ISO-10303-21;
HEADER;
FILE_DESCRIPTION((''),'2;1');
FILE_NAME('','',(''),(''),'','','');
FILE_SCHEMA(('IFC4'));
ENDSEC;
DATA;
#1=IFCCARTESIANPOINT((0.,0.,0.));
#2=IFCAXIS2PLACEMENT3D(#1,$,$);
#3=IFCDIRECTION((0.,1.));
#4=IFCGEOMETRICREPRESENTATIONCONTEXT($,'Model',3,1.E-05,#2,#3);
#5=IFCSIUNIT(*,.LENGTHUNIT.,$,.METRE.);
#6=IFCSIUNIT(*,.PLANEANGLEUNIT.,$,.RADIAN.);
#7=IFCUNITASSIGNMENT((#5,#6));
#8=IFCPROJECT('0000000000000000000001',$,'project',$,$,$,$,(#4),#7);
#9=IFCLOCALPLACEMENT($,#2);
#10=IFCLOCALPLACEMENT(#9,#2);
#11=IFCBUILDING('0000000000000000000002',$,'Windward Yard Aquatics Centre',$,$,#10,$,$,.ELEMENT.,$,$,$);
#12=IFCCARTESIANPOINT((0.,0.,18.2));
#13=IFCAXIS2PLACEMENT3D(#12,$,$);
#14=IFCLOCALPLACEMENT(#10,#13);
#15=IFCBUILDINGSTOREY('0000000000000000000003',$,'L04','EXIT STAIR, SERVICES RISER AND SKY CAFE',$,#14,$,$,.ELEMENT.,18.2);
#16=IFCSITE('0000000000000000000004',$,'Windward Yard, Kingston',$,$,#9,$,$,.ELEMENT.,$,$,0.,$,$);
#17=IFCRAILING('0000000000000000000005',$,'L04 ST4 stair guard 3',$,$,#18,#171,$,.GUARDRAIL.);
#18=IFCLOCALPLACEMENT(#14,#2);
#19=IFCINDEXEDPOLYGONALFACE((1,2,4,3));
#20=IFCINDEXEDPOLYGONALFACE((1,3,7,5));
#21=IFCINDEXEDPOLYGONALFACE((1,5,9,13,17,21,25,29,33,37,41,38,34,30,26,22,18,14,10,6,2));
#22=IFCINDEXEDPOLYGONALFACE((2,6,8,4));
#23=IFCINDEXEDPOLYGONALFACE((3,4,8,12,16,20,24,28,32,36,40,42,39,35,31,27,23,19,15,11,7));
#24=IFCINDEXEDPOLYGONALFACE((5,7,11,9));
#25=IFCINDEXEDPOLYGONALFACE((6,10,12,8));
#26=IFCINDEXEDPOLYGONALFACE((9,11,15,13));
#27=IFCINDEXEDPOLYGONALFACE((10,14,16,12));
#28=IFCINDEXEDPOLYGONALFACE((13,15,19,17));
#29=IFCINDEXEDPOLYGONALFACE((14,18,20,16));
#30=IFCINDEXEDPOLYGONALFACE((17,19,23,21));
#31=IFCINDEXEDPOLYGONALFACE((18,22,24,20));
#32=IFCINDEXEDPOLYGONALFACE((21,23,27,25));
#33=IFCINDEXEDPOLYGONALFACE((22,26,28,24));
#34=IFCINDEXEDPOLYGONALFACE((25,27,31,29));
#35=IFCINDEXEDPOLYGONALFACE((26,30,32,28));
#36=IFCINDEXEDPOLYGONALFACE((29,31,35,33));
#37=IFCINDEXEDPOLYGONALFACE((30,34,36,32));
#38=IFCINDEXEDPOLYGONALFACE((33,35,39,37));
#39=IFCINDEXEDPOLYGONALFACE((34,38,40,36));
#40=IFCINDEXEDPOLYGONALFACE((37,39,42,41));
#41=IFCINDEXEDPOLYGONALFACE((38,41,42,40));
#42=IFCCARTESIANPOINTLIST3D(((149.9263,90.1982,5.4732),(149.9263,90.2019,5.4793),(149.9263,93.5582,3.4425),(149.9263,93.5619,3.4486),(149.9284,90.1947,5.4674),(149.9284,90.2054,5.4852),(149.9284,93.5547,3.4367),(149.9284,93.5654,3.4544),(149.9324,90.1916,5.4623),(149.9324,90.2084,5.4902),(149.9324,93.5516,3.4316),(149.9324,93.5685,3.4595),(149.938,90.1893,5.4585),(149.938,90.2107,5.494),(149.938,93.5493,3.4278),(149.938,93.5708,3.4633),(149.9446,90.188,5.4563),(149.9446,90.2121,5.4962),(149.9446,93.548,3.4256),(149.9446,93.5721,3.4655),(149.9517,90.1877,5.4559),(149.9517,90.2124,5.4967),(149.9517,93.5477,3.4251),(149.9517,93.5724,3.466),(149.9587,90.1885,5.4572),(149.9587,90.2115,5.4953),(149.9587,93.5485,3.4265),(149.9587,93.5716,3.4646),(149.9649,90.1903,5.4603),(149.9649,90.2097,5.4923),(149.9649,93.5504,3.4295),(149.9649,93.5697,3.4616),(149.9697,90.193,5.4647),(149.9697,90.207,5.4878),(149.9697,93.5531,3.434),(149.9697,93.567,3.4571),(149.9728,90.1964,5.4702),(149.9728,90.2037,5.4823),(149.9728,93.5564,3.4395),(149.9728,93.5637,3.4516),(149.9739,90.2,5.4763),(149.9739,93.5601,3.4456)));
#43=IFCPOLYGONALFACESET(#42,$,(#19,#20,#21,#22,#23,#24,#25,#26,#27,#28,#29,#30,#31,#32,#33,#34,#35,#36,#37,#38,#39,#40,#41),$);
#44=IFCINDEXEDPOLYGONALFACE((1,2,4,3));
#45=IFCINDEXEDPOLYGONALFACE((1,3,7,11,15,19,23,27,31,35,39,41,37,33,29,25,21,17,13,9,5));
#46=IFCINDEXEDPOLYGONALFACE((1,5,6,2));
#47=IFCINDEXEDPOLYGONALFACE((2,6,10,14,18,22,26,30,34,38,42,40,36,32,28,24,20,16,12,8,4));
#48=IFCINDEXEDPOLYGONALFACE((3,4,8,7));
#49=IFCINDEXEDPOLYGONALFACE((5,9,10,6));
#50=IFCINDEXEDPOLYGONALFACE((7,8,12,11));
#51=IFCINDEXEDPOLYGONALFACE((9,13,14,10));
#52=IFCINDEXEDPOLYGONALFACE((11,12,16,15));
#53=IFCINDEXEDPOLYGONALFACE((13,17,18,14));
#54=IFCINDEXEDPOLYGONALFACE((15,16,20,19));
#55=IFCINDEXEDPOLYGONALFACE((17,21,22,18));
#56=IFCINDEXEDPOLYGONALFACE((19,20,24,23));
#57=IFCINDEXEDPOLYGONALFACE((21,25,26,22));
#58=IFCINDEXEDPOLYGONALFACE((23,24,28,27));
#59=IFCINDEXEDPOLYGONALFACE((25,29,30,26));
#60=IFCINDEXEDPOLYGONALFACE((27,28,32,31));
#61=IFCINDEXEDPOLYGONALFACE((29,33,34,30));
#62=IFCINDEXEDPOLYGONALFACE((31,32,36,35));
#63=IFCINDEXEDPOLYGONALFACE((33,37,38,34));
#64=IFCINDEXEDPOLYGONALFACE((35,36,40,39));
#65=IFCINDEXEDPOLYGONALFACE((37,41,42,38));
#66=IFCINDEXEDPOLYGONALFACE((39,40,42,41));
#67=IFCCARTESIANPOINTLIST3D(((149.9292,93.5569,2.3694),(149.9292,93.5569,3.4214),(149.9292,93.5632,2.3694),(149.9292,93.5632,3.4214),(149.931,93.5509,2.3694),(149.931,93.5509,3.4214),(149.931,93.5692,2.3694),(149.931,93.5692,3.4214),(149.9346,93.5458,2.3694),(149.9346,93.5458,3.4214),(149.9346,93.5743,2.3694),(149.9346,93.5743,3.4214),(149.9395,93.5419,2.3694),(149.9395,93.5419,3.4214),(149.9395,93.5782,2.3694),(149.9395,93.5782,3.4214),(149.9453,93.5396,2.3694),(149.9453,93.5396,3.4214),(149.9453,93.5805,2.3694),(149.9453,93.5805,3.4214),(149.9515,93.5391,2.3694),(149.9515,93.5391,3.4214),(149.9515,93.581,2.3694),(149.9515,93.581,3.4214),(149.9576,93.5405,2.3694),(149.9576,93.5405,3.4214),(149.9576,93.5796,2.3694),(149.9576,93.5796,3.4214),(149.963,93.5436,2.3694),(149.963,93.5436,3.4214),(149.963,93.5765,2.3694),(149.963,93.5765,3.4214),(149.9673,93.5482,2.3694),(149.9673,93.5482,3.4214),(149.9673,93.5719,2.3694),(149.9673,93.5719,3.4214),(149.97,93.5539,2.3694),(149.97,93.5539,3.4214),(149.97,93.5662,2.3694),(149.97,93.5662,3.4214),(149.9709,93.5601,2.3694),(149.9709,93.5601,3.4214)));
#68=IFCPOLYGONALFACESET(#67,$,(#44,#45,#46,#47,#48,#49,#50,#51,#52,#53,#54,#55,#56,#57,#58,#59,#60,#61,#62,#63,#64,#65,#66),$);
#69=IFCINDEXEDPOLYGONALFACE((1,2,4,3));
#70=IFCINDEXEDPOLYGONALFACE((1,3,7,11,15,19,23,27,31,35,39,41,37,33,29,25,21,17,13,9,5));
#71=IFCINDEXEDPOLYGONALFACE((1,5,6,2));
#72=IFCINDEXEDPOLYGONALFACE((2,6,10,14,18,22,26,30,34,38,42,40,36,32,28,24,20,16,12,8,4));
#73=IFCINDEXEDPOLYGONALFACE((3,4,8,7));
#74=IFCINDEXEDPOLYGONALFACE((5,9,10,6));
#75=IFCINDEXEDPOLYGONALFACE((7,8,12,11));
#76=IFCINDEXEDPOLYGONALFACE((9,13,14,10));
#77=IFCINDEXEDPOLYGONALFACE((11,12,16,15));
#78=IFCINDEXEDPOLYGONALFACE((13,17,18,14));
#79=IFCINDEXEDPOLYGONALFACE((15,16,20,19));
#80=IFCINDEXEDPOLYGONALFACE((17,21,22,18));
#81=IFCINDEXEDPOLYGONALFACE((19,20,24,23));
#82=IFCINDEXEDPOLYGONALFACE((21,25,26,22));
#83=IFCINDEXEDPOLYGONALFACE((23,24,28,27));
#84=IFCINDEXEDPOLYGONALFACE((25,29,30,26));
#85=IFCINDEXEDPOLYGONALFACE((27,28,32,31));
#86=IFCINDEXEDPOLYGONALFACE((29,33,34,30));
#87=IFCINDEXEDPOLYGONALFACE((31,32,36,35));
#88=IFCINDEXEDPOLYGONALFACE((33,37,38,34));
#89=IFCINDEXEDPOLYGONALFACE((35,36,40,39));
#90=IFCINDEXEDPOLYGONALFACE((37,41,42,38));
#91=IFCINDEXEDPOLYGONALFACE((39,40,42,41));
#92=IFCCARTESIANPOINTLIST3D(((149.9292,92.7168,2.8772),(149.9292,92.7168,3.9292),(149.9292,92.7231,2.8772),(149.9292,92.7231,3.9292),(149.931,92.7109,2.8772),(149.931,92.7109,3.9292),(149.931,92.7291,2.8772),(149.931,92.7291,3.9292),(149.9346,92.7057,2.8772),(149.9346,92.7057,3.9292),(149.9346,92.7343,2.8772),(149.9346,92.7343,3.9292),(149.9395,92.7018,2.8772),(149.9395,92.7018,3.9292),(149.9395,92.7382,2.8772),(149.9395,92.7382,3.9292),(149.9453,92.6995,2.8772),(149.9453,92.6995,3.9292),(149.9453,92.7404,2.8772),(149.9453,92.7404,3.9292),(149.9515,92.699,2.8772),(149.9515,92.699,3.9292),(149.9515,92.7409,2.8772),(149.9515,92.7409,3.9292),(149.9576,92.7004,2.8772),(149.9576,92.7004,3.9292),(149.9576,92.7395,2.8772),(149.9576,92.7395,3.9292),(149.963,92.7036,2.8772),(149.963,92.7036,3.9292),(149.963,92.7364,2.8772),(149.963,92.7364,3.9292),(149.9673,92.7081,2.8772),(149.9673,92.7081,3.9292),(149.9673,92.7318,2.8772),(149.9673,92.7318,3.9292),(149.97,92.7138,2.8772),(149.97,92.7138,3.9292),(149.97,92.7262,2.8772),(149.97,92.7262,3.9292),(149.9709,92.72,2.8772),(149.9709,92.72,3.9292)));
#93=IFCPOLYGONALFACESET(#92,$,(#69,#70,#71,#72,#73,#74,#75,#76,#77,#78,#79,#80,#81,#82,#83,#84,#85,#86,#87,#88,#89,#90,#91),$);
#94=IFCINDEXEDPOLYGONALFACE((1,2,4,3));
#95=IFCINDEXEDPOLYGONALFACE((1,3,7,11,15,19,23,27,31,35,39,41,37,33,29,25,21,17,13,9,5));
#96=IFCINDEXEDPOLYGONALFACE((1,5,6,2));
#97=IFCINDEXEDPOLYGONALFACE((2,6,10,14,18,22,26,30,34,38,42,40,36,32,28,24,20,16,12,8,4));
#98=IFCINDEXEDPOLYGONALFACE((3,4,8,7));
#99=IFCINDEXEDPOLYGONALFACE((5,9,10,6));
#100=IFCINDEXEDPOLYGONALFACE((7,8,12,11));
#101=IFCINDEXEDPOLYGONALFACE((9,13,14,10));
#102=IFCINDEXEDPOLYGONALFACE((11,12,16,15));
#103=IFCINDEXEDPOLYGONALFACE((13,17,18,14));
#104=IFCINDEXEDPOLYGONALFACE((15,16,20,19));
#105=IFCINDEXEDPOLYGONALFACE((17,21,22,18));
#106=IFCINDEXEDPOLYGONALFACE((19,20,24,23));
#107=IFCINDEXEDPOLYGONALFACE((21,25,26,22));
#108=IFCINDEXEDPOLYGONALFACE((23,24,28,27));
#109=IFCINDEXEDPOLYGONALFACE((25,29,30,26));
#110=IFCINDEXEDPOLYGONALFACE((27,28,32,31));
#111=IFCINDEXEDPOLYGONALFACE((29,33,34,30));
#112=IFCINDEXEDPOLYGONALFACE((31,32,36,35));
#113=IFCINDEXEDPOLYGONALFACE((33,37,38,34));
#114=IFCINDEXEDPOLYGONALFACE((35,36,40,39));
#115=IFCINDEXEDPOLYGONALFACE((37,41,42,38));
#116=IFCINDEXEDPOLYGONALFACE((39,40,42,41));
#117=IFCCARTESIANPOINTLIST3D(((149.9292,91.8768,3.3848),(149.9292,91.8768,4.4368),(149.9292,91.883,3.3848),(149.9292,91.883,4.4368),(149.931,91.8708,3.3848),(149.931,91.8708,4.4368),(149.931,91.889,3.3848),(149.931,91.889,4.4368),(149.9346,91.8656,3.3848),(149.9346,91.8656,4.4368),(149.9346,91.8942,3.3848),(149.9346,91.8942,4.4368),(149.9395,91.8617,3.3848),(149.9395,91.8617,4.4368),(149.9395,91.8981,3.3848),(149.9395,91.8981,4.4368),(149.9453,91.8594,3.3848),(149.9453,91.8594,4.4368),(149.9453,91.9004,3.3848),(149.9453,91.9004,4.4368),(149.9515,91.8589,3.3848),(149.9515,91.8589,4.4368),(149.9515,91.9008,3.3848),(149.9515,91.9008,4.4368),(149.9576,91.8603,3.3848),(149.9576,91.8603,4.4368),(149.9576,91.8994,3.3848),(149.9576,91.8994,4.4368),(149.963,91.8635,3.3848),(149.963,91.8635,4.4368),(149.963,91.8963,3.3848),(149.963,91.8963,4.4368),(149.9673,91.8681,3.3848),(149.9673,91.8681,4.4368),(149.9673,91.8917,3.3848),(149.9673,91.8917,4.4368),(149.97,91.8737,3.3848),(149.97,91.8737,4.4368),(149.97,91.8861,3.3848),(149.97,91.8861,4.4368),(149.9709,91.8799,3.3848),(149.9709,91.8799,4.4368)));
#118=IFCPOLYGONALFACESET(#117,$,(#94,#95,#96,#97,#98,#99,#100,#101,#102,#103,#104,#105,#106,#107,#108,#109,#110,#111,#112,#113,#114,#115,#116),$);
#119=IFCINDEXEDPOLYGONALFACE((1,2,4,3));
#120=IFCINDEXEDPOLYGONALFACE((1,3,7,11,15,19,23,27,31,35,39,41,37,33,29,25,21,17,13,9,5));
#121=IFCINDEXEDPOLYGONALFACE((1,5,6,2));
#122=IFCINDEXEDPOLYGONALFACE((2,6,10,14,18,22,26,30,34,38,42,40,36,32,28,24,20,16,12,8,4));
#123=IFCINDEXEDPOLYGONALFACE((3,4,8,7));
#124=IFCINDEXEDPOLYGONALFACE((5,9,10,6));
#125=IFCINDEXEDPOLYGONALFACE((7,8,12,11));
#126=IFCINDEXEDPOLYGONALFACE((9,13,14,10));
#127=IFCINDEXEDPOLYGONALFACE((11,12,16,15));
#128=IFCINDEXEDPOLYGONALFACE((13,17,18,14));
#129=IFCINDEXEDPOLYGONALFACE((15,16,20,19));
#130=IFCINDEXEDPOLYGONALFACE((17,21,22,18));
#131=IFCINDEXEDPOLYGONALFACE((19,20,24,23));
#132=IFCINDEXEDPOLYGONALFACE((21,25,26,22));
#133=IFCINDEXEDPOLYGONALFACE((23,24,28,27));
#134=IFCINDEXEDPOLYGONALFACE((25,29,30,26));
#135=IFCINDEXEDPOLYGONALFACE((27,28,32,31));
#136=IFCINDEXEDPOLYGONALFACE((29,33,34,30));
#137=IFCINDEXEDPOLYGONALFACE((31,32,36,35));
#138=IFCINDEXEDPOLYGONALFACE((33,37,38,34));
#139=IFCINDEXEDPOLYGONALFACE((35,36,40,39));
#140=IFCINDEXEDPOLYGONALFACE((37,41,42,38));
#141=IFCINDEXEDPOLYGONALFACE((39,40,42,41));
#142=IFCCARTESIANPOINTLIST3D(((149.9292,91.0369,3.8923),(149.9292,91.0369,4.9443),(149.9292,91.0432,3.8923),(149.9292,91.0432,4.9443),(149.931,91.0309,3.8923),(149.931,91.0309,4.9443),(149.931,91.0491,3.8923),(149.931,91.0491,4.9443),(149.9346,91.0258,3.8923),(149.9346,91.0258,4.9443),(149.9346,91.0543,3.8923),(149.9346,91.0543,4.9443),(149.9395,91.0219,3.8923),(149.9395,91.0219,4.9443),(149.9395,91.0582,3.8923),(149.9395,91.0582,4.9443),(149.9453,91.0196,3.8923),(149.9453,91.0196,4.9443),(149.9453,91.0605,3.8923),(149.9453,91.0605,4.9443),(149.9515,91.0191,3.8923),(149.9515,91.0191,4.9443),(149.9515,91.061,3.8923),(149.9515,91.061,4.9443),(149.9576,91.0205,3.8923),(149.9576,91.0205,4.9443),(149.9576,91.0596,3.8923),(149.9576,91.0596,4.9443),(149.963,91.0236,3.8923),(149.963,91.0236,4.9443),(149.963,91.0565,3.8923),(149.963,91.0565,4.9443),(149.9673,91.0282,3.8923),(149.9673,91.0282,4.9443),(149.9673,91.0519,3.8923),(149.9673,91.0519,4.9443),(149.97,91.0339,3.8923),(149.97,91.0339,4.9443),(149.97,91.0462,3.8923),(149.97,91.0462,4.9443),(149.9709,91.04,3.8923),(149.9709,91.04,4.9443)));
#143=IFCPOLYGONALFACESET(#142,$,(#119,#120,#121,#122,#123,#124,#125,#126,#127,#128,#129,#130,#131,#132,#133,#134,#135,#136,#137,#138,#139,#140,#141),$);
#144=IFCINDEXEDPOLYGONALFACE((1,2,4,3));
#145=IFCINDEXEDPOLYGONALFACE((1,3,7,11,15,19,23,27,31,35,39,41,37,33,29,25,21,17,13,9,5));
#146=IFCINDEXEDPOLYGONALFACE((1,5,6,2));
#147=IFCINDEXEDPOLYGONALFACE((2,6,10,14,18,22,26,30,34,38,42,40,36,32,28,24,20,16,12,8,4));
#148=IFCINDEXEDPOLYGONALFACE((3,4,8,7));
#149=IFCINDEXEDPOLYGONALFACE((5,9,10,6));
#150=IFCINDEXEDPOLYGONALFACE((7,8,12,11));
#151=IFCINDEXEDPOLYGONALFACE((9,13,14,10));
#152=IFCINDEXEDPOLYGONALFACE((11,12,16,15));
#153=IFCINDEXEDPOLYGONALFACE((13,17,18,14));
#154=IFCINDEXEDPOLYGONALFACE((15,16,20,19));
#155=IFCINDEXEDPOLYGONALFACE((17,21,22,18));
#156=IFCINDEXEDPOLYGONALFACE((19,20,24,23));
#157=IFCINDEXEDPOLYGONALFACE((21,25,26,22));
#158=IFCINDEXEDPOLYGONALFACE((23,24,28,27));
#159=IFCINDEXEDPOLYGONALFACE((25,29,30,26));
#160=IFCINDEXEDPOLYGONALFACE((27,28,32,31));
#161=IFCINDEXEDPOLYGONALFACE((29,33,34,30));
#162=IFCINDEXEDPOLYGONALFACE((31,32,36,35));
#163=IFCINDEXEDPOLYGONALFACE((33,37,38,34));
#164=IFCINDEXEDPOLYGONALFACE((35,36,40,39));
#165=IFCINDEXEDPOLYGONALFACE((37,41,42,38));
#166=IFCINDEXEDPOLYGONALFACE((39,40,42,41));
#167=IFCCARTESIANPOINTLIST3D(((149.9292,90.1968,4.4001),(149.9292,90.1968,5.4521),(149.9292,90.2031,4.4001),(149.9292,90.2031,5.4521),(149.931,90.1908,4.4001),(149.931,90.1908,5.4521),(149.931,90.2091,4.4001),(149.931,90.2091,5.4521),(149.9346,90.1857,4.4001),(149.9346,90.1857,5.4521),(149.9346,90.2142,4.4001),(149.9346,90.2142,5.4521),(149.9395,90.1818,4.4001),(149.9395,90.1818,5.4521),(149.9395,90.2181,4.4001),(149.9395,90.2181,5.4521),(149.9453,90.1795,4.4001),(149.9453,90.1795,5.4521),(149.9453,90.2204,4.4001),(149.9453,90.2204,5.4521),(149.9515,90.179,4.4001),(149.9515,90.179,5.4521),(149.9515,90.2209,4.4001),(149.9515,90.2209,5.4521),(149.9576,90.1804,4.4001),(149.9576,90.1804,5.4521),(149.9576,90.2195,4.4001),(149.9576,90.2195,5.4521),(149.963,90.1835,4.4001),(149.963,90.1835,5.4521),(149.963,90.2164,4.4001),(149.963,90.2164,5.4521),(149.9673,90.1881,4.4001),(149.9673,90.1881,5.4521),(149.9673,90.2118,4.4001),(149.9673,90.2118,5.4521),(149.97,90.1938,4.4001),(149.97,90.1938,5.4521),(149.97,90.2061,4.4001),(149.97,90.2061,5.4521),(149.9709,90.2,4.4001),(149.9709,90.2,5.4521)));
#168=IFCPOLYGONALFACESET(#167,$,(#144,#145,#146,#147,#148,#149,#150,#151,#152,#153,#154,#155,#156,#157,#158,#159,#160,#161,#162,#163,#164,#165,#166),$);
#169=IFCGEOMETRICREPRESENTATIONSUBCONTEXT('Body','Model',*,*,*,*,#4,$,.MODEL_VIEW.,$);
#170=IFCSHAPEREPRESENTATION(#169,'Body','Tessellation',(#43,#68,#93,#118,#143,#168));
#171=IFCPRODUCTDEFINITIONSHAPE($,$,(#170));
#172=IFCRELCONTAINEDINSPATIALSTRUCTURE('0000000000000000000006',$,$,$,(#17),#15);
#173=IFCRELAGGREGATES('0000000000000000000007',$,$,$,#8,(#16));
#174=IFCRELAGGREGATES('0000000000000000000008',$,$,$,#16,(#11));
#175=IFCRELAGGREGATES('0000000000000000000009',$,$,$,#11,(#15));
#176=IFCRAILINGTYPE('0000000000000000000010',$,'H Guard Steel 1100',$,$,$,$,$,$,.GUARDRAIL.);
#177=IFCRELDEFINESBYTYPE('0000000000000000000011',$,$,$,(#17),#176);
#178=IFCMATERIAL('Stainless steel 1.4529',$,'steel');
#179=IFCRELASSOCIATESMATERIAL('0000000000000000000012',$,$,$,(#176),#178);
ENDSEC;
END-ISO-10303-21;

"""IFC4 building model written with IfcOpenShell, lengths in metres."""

from ifc_helpers import new_model, si_unit, direction, frame, origin, origin_2d, place, context, subcontext, project, spatial, circle, extrude, material, type_object, element, save


model = new_model("IFC4")

# Units and contexts
model_context = context("Model", 3, precision=1e-05, world=origin(), true_north=direction((0.0, 1.0)))
body_context = subcontext(model_context, "Body", "Model", "MODEL_VIEW")
ifc_project = project(units=[si_unit("LENGTHUNIT", "METRE"), si_unit("PLANEANGLEUNIT", "RADIAN")], contexts=[model_context])

# Site, building, storey
site_placement = place(None, origin())
site = spatial("IfcSite", under=ifc_project, at=site_placement, Name="Windward Yard, Kingston", CompositionType="ELEMENT", RefElevation=0.0)
building_placement = place(site_placement, origin())
building = spatial("IfcBuilding", under=site, at=building_placement, Name="Windward Yard Aquatics Centre", CompositionType="ELEMENT")
storey_placement = place(building_placement, frame((0.0, 0.0, 18.2)))
storey = spatial("IfcBuildingStorey", under=building, at=storey_placement, Name="L04", Description="EXIT STAIR, SERVICES RISER AND SKY CAFE", CompositionType="ELEMENT", Elevation=18.2)

# Railing
ifc_material_1 = material(Name="Stainless steel 1.4529", Category="steel")
railing_type_1 = type_object("IfcRailingType", Name="H Guard Steel 1100", PredefinedType="GUARDRAIL", material=ifc_material_1)
railing_1_placement = place(storey_placement, frame((149.95, 93.5601, 2.3694)))
element("IfcRailing", 1, at=railing_1_placement, inside=storey, type_object=railing_type_1, Name="L04 ST4 stair guard 3", PredefinedType="GUARDRAIL", context=body_context, shape_type="SweptSolid", body=[
    extrude(circle(Radius=0.0239, at=origin_2d()), frame((0.0, 0.0, 1.0762), z_axis=(0.0, -0.855837, 0.517246), x_axis=(1.0, 0.0, 0.0)), (0.0, 0.0, 1.0), 3.926),
    extrude(circle(Radius=0.021, at=origin_2d()), origin(), (0.0, 0.0, 1.0), 1.052),
    extrude(circle(Radius=0.021, at=origin_2d()), frame((0.0, -0.8401, 0.5078)), (0.0, 0.0, 1.0), 1.052),
    extrude(circle(Radius=0.021, at=origin_2d()), frame((0.0, -1.6802, 1.0154)), (0.0, 0.0, 1.0), 1.052),
    extrude(circle(Radius=0.021, at=origin_2d()), frame((0.0, -2.52, 1.5229)), (0.0, 0.0, 1.0), 1.052),
    extrude(circle(Radius=0.021, at=origin_2d()), frame((0.0, -3.3601, 2.0308)), (0.0, 0.0, 1.0), 1.052),
])

save(model, "model.ifc")
